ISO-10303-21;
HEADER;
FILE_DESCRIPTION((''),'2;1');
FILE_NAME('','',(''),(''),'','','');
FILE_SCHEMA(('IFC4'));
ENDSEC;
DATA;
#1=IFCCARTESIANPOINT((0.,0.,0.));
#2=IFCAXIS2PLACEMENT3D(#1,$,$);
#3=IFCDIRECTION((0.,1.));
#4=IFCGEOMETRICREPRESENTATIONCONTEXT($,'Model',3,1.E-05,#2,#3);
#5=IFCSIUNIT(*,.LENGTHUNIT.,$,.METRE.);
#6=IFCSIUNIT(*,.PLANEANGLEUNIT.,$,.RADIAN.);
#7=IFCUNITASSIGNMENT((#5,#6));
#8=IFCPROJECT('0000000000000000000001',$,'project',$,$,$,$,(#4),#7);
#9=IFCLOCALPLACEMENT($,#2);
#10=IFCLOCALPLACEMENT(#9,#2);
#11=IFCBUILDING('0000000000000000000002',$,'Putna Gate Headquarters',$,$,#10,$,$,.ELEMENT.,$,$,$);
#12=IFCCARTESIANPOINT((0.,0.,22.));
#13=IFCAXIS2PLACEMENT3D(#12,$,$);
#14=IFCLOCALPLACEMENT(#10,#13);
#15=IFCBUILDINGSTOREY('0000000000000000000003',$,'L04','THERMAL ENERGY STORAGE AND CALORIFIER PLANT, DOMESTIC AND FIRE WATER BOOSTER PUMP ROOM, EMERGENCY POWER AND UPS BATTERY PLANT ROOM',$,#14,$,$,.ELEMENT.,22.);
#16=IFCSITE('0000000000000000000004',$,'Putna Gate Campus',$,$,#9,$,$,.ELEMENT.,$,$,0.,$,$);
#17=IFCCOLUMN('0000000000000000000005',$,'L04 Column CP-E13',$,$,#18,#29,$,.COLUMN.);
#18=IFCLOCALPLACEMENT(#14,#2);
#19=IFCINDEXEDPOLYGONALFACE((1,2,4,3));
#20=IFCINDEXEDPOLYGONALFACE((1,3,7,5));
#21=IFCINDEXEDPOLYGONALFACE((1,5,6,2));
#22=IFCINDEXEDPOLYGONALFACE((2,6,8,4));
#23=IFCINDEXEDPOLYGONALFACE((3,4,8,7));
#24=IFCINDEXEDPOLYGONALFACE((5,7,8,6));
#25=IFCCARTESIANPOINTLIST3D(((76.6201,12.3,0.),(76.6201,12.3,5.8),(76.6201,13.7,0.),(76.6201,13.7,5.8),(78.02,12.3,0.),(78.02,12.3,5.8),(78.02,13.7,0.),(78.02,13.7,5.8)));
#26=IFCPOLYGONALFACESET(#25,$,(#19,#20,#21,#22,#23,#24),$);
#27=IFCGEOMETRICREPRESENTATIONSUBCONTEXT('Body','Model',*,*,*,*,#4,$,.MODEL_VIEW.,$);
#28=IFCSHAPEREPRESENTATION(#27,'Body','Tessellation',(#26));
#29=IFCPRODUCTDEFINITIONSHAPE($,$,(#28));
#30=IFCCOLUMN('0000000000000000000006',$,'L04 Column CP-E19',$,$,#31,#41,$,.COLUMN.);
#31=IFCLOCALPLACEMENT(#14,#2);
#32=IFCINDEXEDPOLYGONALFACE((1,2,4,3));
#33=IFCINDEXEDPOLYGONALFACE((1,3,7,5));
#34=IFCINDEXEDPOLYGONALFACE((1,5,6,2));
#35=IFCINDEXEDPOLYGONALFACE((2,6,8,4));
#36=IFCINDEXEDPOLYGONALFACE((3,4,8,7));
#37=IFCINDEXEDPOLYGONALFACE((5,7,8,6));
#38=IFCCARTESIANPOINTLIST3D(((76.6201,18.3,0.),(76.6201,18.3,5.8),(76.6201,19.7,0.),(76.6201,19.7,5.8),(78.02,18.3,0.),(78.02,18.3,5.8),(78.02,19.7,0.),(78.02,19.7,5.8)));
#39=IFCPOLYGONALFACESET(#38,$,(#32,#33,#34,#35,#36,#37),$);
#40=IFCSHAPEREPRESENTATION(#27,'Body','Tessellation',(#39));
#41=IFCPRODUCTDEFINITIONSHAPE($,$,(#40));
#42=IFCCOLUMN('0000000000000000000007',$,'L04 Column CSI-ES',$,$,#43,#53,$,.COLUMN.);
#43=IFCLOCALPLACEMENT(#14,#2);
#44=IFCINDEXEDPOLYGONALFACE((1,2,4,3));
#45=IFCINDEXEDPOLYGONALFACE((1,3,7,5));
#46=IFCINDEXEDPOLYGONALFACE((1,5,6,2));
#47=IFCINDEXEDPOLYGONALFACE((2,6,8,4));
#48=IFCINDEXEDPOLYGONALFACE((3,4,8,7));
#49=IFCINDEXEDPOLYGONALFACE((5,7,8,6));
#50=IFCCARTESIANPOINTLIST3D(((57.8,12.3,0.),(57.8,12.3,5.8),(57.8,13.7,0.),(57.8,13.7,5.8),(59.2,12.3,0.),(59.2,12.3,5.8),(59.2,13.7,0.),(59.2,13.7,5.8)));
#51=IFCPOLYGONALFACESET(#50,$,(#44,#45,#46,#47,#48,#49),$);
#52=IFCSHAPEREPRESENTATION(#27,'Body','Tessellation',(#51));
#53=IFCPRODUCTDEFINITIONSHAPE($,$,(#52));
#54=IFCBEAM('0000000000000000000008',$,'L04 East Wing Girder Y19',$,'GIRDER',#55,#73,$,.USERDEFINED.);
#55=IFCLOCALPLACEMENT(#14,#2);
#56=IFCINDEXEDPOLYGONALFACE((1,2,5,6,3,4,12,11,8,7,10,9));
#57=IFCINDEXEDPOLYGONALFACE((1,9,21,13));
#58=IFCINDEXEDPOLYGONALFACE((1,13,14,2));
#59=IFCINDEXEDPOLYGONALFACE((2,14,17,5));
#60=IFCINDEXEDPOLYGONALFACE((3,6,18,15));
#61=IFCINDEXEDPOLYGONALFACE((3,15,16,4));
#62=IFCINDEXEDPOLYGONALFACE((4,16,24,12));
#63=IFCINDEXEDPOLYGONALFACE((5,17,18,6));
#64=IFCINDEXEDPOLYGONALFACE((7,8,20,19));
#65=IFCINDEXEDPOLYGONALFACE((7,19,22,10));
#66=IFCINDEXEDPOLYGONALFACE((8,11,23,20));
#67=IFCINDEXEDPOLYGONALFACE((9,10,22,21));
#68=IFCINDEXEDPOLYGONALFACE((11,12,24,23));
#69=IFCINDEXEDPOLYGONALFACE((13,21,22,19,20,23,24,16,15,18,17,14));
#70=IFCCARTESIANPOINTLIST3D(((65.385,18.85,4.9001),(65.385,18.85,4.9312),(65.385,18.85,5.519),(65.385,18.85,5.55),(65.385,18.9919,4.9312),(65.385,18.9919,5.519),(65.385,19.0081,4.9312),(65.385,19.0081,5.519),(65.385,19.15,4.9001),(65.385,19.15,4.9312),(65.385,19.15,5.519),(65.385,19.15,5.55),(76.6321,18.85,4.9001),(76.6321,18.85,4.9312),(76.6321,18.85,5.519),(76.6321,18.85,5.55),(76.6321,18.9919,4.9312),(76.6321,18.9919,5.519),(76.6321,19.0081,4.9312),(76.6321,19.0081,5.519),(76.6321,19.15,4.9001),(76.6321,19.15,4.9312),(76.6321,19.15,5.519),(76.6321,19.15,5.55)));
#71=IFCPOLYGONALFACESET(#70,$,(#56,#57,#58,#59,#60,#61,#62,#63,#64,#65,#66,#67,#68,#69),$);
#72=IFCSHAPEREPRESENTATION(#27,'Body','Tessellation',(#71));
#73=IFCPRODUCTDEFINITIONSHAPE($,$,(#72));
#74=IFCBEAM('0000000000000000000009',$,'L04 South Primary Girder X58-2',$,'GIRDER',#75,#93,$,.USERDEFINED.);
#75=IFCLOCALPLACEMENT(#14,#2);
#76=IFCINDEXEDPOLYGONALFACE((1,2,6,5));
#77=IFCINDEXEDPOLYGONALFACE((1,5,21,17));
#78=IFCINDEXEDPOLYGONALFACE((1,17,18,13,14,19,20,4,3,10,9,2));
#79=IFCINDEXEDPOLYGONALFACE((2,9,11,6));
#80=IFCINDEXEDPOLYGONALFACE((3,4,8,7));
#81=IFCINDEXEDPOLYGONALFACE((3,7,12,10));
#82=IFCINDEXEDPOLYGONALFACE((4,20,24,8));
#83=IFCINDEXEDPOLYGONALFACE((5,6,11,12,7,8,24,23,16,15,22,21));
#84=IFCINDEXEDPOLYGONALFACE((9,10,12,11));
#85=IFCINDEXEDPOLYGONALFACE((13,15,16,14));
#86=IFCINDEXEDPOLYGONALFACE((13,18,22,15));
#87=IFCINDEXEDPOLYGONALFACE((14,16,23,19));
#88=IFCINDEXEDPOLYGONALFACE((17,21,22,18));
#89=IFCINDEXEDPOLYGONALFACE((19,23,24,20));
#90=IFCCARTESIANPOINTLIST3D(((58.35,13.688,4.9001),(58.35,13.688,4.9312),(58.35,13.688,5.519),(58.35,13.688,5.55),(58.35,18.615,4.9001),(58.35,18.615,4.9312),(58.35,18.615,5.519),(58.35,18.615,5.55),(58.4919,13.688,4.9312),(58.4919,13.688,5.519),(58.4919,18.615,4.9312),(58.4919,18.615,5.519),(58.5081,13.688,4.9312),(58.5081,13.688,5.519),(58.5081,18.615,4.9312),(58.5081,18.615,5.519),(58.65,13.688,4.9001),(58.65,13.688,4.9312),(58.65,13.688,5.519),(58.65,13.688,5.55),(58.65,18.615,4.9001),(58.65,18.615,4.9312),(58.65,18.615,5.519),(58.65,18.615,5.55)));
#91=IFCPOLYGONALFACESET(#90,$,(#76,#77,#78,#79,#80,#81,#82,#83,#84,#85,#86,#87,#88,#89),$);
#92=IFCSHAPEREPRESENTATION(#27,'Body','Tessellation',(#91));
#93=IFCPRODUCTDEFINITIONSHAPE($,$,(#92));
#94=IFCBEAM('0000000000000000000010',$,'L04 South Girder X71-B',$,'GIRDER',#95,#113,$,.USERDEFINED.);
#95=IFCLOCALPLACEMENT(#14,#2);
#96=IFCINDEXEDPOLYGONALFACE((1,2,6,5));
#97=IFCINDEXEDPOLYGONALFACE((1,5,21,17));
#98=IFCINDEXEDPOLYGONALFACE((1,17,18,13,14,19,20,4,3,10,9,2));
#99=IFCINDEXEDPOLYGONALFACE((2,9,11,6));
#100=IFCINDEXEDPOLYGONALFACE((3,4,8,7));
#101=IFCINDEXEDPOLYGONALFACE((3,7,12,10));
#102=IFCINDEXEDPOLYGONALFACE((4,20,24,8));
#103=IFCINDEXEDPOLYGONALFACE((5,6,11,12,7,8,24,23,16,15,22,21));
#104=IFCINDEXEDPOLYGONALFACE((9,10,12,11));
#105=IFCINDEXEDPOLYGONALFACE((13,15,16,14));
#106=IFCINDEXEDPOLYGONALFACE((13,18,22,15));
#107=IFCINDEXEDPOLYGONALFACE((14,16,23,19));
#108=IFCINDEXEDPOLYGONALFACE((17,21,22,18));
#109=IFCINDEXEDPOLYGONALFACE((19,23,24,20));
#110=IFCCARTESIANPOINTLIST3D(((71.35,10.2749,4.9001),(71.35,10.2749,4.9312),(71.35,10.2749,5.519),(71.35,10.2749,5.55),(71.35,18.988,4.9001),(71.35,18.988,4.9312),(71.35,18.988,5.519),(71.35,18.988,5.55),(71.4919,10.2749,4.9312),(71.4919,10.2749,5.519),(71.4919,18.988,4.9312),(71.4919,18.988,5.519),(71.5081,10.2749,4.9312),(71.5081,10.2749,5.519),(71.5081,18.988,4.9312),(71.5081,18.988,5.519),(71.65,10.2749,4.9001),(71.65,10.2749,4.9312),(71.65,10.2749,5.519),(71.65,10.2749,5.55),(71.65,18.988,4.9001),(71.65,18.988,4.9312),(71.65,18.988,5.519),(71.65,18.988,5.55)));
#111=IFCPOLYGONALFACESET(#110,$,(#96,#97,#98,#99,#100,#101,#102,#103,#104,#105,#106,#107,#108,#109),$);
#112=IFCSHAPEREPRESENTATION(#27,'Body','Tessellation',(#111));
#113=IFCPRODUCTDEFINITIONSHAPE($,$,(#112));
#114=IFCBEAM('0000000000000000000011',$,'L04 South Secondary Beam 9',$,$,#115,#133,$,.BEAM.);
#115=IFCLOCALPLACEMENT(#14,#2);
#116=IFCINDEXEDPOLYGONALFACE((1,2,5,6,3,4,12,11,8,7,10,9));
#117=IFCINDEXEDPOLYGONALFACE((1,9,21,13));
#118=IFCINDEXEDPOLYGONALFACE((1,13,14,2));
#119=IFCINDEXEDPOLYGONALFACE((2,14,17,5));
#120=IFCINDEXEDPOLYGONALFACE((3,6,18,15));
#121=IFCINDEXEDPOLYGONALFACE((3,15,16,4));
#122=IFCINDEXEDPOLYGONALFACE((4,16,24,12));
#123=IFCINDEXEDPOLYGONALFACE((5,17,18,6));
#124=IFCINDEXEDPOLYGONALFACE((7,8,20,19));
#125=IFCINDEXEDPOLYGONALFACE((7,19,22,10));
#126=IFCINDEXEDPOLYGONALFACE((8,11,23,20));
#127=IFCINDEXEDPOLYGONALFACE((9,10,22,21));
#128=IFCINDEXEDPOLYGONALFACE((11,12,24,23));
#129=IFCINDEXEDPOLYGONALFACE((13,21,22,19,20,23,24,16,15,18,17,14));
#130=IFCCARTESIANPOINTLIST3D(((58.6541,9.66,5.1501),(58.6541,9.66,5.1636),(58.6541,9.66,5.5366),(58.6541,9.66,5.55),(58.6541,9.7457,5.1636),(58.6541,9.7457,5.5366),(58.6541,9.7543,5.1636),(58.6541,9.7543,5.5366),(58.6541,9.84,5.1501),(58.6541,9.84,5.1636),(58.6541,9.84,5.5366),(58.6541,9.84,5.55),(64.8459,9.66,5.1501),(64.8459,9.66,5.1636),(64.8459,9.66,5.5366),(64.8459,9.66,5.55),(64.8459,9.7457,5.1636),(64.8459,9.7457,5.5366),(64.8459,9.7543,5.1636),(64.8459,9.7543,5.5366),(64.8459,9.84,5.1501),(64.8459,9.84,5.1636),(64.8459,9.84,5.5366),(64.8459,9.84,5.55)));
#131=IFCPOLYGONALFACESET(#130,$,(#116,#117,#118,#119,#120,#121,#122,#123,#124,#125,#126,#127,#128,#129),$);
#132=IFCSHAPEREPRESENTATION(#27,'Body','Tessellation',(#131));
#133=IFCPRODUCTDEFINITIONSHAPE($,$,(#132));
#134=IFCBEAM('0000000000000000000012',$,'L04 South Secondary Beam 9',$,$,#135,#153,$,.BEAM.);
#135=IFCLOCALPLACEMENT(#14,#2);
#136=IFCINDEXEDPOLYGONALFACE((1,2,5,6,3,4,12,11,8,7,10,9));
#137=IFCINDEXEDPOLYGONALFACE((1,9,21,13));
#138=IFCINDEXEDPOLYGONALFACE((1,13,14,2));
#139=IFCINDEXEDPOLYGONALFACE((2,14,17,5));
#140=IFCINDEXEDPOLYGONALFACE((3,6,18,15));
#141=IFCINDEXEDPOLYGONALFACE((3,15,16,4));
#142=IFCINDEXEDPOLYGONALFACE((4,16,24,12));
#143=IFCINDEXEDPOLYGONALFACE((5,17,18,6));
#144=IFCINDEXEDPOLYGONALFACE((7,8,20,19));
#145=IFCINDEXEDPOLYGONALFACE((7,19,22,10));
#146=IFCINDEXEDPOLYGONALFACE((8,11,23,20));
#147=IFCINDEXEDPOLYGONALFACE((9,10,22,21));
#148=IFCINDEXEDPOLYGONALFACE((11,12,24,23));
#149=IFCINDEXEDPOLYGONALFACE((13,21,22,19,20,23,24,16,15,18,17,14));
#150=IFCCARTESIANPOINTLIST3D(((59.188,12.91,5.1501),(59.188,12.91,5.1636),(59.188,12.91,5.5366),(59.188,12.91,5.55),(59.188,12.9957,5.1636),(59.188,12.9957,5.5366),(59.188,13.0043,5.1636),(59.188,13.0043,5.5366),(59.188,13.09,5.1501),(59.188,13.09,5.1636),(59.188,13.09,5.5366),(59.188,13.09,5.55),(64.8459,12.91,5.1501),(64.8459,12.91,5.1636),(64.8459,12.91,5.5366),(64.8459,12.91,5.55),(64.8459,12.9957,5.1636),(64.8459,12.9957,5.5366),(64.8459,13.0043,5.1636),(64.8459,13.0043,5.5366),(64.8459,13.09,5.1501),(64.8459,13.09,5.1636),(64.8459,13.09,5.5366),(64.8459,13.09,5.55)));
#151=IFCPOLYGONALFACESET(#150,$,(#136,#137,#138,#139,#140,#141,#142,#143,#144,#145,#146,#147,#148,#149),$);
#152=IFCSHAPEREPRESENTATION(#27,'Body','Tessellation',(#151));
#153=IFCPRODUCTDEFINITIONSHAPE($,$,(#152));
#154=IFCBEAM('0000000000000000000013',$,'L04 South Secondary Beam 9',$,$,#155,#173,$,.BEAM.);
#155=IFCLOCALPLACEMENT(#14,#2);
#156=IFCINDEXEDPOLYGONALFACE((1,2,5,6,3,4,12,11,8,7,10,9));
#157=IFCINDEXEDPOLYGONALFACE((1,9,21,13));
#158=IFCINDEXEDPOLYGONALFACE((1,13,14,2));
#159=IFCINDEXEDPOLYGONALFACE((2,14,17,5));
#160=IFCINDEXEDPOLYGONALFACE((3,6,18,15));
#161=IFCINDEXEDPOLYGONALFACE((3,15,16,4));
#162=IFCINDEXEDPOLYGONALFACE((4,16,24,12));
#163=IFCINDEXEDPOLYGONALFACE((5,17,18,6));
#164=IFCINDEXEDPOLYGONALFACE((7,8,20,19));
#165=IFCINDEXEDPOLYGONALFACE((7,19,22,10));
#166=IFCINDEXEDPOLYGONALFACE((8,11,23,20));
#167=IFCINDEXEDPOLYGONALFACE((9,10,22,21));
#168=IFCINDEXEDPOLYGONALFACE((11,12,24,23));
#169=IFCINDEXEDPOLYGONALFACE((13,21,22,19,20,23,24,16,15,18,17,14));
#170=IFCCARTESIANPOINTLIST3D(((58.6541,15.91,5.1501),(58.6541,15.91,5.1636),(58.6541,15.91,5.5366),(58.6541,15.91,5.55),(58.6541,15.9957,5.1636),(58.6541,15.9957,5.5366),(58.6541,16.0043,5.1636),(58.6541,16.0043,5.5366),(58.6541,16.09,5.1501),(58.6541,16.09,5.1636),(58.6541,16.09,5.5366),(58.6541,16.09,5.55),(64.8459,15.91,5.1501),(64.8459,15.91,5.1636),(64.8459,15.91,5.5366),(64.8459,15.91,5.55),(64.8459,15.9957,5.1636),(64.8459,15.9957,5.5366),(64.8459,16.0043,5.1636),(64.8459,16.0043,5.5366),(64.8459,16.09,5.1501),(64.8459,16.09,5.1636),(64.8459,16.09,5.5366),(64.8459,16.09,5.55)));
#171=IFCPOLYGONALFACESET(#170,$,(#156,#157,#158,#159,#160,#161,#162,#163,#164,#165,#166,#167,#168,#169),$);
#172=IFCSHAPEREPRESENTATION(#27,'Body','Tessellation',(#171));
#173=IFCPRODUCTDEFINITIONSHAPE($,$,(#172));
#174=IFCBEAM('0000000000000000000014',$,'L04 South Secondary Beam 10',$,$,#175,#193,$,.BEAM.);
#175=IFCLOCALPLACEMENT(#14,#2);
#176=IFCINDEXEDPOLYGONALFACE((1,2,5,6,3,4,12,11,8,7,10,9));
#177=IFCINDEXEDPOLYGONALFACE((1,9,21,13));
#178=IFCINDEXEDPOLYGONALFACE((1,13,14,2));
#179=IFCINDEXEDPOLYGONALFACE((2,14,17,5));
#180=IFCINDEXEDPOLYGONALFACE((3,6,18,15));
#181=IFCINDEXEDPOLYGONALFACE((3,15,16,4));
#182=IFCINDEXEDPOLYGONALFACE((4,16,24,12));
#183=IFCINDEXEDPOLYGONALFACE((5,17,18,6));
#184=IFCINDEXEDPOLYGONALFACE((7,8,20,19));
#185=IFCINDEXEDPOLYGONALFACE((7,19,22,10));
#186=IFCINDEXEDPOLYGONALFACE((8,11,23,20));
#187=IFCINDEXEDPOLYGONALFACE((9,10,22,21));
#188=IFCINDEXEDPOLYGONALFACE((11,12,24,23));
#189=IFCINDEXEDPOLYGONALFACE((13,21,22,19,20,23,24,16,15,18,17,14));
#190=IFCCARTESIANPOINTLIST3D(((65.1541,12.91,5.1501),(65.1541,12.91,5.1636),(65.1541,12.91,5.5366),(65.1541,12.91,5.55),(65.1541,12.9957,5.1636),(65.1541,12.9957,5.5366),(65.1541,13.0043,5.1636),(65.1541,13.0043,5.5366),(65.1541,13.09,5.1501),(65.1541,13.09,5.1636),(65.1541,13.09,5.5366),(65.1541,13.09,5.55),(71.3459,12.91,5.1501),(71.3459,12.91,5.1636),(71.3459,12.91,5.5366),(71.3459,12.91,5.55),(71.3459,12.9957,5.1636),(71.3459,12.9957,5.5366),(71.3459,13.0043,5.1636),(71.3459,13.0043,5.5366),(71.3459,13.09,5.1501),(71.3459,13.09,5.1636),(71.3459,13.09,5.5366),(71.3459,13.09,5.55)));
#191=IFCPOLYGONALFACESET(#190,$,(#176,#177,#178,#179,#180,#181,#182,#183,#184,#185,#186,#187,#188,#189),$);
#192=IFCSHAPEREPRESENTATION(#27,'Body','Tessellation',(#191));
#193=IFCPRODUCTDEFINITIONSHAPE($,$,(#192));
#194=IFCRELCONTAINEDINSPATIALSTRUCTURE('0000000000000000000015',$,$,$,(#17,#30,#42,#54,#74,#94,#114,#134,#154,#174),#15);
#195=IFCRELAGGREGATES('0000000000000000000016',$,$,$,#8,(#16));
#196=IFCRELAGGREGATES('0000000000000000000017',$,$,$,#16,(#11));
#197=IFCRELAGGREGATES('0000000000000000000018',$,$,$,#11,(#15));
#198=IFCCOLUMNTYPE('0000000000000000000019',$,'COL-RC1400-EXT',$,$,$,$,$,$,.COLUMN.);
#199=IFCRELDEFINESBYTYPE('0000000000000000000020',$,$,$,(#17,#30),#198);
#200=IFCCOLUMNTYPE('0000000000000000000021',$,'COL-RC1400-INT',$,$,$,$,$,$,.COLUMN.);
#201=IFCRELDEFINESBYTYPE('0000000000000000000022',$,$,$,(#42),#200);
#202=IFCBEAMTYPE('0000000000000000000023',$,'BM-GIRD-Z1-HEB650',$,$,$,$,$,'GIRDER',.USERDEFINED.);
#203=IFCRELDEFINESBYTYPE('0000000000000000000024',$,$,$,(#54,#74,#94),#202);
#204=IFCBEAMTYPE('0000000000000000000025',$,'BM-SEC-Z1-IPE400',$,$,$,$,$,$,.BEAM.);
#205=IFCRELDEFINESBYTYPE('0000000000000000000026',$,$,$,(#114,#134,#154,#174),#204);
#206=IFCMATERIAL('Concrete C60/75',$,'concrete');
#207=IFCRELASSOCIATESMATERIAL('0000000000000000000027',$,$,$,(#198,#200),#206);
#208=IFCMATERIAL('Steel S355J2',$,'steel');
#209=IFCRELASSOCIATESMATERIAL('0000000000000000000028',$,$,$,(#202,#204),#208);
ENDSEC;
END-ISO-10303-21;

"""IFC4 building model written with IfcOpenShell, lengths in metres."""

from ifc_helpers import new_model, si_unit, direction, frame, origin, origin_2d, place, context, subcontext, project, spatial, rectangle, i_section, extrude, material, material_profile, profile_set, type_object, element, save


model = new_model("IFC4")

# Units and contexts
model_context = context("Model", 3, precision=1e-05, world=origin(), true_north=direction((0.0, 1.0)))
body_context = subcontext(model_context, "Body", "Model", "MODEL_VIEW")
ifc_project = project(units=[si_unit("LENGTHUNIT", "METRE"), si_unit("PLANEANGLEUNIT", "RADIAN")], contexts=[model_context])

# Site, building, storey
site_placement = place(None, origin())
site = spatial("IfcSite", under=ifc_project, at=site_placement, Name="Putna Gate Campus", CompositionType="ELEMENT", RefElevation=0.0)
building_placement = place(site_placement, origin())
building = spatial("IfcBuilding", under=site, at=building_placement, Name="Putna Gate Headquarters", CompositionType="ELEMENT")
storey_placement = place(building_placement, frame((0.0, 0.0, 22.0)))
storey = spatial("IfcBuildingStorey", under=building, at=storey_placement, Name="L04", Description="THERMAL ENERGY STORAGE AND CALORIFIER PLANT, DOMESTIC AND FIRE WATER BOOSTER PUMP ROOM, EMERGENCY POWER AND UPS BATTERY PLANT ROOM", CompositionType="ELEMENT", Elevation=22.0)

# Columns
ifc_material_1 = material(Name="Concrete C60/75", Category="concrete")
ifc_material_profile_1 = material_profile(ifc_material_1, rectangle(XDim=1.3999, YDim=1.3999, at=origin_2d()), Name="Concrete C60/75")
ifc_profile_set_1 = profile_set([ifc_material_profile_1], Name="Concrete C60/75")
column_type_1 = type_object("IfcColumnType", Name="COL-RC1400-EXT", PredefinedType="COLUMN", material=ifc_profile_set_1)
for number, where, z_axis, x_axis, name in (
    (1, (77.3201, 13.0, 0.0), (0.0, 0.0, 1.0), (1.0, 0.0, 0.0), "L04 Column CP-E13"),
    (2, (77.3201, 19.0, 0.0), (0.0, 0.0, 1.0), (1.0, 0.0, 0.0), "L04 Column CP-E19"),
):
    element("IfcColumn", number, at=place(storey_placement, frame(where, z_axis=z_axis, x_axis=x_axis)), inside=storey, type_object=column_type_1, Name=name, PredefinedType="COLUMN", context=body_context, shape_type="SweptSolid", body=[
        extrude(rectangle(XDim=1.3999, YDim=1.3999, at=origin_2d()), origin(), (0.0, 0.0, 1.0), 5.8),
    ])
ifc_material_profile_2 = material_profile(ifc_material_1, rectangle(XDim=1.3999, YDim=1.3999, at=origin_2d()), Name="Concrete C60/75")
ifc_profile_set_2 = profile_set([ifc_material_profile_2], Name="Concrete C60/75")
column_type_2 = type_object("IfcColumnType", Name="COL-RC1400-INT", PredefinedType="COLUMN", material=ifc_profile_set_2)
column_placement = place(storey_placement, frame((58.5, 13.0, 0.0), z_axis=(0.0, 0.0, 1.0), x_axis=(1.0, 0.0, 0.0)))
element("IfcColumn", 3, at=column_placement, inside=storey, type_object=column_type_2, Name="L04 Column CSI-ES", PredefinedType="COLUMN", context=body_context, shape_type="SweptSolid", body=[
    extrude(rectangle(XDim=1.3999, YDim=1.3999, at=origin_2d()), origin(), (0.0, 0.0, 1.0), 5.8),
])

# Beams
ifc_material_2 = material(Name="Steel S355J2", Category="steel")
ifc_material_profile_3 = material_profile(ifc_material_2, i_section(OverallWidth=0.3, OverallDepth=0.6499, WebThickness=0.0161, FlangeThickness=0.031, at=origin_2d()), Name="Steel S355J2")
ifc_profile_set_3 = profile_set([ifc_material_profile_3], Name="Steel S355J2")
beam_type_1 = type_object("IfcBeamType", Name="BM-GIRD-Z1-HEB650", ElementType="GIRDER", PredefinedType="USERDEFINED", material=ifc_profile_set_3)
beam_1_placement = place(storey_placement, frame((65.385, 19.0, 5.2251), z_axis=(1.0, 0.0, 0.0), x_axis=(0.0, 1.0, 0.0)))
element("IfcBeam", 4, at=beam_1_placement, inside=storey, type_object=beam_type_1, Name="L04 East Wing Girder Y19", ObjectType="GIRDER", PredefinedType="USERDEFINED", context=body_context, shape_type="SweptSolid", body=[
    extrude(i_section(OverallWidth=0.3, OverallDepth=0.6499, WebThickness=0.0161, FlangeThickness=0.031, at=origin_2d()), origin(), (0.0, 0.0, 1.0), 11.2471),
])
beam_2_placement = place(storey_placement, frame((58.5, 13.688, 5.2251), z_axis=(0.0, 1.0, 0.0), x_axis=(-1.0, 0.0, 0.0)))
element("IfcBeam", 5, at=beam_2_placement, inside=storey, type_object=beam_type_1, Name="L04 South Primary Girder X58-2", ObjectType="GIRDER", PredefinedType="USERDEFINED", context=body_context, shape_type="SweptSolid", body=[
    extrude(i_section(OverallWidth=0.3, OverallDepth=0.6499, WebThickness=0.0161, FlangeThickness=0.031, at=origin_2d()), origin(), (0.0, 0.0, 1.0), 4.927),
])
beam_3_placement = place(storey_placement, frame((71.5, 10.2749, 5.2251), z_axis=(0.0, 1.0, 0.0), x_axis=(-1.0, 0.0, 0.0)))
element("IfcBeam", 6, at=beam_3_placement, inside=storey, type_object=beam_type_1, Name="L04 South Girder X71-B", ObjectType="GIRDER", PredefinedType="USERDEFINED", context=body_context, shape_type="SweptSolid", body=[
    extrude(i_section(OverallWidth=0.3, OverallDepth=0.6499, WebThickness=0.0161, FlangeThickness=0.031, at=origin_2d()), origin(), (0.0, 0.0, 1.0), 8.7131),
])
ifc_material_profile_4 = material_profile(ifc_material_2, i_section(OverallWidth=0.1799, OverallDepth=0.3999, WebThickness=0.0085, FlangeThickness=0.0134, at=origin_2d()), Name="Steel S355J2")
ifc_profile_set_4 = profile_set([ifc_material_profile_4], Name="Steel S355J2")
beam_type_2 = type_object("IfcBeamType", Name="BM-SEC-Z1-IPE400", PredefinedType="BEAM", material=ifc_profile_set_4)
beam_4_placement = place(storey_placement, frame((58.6541, 9.75, 5.3501), z_axis=(1.0, 0.0, 0.0), x_axis=(0.0, 1.0, 0.0)))
element("IfcBeam", 7, at=beam_4_placement, inside=storey, type_object=beam_type_2, Name="L04 South Secondary Beam 9", PredefinedType="BEAM", context=body_context, shape_type="SweptSolid", body=[
    extrude(i_section(OverallWidth=0.1799, OverallDepth=0.3999, WebThickness=0.0085, FlangeThickness=0.0134, at=origin_2d()), origin(), (0.0, 0.0, 1.0), 6.1919),
])
beam_5_placement = place(storey_placement, frame((59.188, 13.0, 5.3501), z_axis=(1.0, 0.0, 0.0), x_axis=(0.0, 1.0, 0.0)))
element("IfcBeam", 8, at=beam_5_placement, inside=storey, type_object=beam_type_2, Name="L04 South Secondary Beam 9", PredefinedType="BEAM", context=body_context, shape_type="SweptSolid", body=[
    extrude(i_section(OverallWidth=0.1799, OverallDepth=0.3999, WebThickness=0.0085, FlangeThickness=0.0134, at=origin_2d()), origin(), (0.0, 0.0, 1.0), 5.658),
])
for number, where, z_axis, x_axis, name in (
    (9, (58.6541, 16.0, 5.3501), (1.0, 0.0, 0.0), (0.0, 1.0, 0.0), "L04 South Secondary Beam 9"),
    (10, (65.1541, 13.0, 5.3501), (1.0, 0.0, 0.0), (0.0, 1.0, 0.0), "L04 South Secondary Beam 10"),
):
    element("IfcBeam", number, at=place(storey_placement, frame(where, z_axis=z_axis, x_axis=x_axis)), inside=storey, type_object=beam_type_2, Name=name, PredefinedType="BEAM", context=body_context, shape_type="SweptSolid", body=[
        extrude(i_section(OverallWidth=0.1799, OverallDepth=0.3999, WebThickness=0.0085, FlangeThickness=0.0134, at=origin_2d()), origin(), (0.0, 0.0, 1.0), 6.1919),
    ])

save(model, "model.ifc")
